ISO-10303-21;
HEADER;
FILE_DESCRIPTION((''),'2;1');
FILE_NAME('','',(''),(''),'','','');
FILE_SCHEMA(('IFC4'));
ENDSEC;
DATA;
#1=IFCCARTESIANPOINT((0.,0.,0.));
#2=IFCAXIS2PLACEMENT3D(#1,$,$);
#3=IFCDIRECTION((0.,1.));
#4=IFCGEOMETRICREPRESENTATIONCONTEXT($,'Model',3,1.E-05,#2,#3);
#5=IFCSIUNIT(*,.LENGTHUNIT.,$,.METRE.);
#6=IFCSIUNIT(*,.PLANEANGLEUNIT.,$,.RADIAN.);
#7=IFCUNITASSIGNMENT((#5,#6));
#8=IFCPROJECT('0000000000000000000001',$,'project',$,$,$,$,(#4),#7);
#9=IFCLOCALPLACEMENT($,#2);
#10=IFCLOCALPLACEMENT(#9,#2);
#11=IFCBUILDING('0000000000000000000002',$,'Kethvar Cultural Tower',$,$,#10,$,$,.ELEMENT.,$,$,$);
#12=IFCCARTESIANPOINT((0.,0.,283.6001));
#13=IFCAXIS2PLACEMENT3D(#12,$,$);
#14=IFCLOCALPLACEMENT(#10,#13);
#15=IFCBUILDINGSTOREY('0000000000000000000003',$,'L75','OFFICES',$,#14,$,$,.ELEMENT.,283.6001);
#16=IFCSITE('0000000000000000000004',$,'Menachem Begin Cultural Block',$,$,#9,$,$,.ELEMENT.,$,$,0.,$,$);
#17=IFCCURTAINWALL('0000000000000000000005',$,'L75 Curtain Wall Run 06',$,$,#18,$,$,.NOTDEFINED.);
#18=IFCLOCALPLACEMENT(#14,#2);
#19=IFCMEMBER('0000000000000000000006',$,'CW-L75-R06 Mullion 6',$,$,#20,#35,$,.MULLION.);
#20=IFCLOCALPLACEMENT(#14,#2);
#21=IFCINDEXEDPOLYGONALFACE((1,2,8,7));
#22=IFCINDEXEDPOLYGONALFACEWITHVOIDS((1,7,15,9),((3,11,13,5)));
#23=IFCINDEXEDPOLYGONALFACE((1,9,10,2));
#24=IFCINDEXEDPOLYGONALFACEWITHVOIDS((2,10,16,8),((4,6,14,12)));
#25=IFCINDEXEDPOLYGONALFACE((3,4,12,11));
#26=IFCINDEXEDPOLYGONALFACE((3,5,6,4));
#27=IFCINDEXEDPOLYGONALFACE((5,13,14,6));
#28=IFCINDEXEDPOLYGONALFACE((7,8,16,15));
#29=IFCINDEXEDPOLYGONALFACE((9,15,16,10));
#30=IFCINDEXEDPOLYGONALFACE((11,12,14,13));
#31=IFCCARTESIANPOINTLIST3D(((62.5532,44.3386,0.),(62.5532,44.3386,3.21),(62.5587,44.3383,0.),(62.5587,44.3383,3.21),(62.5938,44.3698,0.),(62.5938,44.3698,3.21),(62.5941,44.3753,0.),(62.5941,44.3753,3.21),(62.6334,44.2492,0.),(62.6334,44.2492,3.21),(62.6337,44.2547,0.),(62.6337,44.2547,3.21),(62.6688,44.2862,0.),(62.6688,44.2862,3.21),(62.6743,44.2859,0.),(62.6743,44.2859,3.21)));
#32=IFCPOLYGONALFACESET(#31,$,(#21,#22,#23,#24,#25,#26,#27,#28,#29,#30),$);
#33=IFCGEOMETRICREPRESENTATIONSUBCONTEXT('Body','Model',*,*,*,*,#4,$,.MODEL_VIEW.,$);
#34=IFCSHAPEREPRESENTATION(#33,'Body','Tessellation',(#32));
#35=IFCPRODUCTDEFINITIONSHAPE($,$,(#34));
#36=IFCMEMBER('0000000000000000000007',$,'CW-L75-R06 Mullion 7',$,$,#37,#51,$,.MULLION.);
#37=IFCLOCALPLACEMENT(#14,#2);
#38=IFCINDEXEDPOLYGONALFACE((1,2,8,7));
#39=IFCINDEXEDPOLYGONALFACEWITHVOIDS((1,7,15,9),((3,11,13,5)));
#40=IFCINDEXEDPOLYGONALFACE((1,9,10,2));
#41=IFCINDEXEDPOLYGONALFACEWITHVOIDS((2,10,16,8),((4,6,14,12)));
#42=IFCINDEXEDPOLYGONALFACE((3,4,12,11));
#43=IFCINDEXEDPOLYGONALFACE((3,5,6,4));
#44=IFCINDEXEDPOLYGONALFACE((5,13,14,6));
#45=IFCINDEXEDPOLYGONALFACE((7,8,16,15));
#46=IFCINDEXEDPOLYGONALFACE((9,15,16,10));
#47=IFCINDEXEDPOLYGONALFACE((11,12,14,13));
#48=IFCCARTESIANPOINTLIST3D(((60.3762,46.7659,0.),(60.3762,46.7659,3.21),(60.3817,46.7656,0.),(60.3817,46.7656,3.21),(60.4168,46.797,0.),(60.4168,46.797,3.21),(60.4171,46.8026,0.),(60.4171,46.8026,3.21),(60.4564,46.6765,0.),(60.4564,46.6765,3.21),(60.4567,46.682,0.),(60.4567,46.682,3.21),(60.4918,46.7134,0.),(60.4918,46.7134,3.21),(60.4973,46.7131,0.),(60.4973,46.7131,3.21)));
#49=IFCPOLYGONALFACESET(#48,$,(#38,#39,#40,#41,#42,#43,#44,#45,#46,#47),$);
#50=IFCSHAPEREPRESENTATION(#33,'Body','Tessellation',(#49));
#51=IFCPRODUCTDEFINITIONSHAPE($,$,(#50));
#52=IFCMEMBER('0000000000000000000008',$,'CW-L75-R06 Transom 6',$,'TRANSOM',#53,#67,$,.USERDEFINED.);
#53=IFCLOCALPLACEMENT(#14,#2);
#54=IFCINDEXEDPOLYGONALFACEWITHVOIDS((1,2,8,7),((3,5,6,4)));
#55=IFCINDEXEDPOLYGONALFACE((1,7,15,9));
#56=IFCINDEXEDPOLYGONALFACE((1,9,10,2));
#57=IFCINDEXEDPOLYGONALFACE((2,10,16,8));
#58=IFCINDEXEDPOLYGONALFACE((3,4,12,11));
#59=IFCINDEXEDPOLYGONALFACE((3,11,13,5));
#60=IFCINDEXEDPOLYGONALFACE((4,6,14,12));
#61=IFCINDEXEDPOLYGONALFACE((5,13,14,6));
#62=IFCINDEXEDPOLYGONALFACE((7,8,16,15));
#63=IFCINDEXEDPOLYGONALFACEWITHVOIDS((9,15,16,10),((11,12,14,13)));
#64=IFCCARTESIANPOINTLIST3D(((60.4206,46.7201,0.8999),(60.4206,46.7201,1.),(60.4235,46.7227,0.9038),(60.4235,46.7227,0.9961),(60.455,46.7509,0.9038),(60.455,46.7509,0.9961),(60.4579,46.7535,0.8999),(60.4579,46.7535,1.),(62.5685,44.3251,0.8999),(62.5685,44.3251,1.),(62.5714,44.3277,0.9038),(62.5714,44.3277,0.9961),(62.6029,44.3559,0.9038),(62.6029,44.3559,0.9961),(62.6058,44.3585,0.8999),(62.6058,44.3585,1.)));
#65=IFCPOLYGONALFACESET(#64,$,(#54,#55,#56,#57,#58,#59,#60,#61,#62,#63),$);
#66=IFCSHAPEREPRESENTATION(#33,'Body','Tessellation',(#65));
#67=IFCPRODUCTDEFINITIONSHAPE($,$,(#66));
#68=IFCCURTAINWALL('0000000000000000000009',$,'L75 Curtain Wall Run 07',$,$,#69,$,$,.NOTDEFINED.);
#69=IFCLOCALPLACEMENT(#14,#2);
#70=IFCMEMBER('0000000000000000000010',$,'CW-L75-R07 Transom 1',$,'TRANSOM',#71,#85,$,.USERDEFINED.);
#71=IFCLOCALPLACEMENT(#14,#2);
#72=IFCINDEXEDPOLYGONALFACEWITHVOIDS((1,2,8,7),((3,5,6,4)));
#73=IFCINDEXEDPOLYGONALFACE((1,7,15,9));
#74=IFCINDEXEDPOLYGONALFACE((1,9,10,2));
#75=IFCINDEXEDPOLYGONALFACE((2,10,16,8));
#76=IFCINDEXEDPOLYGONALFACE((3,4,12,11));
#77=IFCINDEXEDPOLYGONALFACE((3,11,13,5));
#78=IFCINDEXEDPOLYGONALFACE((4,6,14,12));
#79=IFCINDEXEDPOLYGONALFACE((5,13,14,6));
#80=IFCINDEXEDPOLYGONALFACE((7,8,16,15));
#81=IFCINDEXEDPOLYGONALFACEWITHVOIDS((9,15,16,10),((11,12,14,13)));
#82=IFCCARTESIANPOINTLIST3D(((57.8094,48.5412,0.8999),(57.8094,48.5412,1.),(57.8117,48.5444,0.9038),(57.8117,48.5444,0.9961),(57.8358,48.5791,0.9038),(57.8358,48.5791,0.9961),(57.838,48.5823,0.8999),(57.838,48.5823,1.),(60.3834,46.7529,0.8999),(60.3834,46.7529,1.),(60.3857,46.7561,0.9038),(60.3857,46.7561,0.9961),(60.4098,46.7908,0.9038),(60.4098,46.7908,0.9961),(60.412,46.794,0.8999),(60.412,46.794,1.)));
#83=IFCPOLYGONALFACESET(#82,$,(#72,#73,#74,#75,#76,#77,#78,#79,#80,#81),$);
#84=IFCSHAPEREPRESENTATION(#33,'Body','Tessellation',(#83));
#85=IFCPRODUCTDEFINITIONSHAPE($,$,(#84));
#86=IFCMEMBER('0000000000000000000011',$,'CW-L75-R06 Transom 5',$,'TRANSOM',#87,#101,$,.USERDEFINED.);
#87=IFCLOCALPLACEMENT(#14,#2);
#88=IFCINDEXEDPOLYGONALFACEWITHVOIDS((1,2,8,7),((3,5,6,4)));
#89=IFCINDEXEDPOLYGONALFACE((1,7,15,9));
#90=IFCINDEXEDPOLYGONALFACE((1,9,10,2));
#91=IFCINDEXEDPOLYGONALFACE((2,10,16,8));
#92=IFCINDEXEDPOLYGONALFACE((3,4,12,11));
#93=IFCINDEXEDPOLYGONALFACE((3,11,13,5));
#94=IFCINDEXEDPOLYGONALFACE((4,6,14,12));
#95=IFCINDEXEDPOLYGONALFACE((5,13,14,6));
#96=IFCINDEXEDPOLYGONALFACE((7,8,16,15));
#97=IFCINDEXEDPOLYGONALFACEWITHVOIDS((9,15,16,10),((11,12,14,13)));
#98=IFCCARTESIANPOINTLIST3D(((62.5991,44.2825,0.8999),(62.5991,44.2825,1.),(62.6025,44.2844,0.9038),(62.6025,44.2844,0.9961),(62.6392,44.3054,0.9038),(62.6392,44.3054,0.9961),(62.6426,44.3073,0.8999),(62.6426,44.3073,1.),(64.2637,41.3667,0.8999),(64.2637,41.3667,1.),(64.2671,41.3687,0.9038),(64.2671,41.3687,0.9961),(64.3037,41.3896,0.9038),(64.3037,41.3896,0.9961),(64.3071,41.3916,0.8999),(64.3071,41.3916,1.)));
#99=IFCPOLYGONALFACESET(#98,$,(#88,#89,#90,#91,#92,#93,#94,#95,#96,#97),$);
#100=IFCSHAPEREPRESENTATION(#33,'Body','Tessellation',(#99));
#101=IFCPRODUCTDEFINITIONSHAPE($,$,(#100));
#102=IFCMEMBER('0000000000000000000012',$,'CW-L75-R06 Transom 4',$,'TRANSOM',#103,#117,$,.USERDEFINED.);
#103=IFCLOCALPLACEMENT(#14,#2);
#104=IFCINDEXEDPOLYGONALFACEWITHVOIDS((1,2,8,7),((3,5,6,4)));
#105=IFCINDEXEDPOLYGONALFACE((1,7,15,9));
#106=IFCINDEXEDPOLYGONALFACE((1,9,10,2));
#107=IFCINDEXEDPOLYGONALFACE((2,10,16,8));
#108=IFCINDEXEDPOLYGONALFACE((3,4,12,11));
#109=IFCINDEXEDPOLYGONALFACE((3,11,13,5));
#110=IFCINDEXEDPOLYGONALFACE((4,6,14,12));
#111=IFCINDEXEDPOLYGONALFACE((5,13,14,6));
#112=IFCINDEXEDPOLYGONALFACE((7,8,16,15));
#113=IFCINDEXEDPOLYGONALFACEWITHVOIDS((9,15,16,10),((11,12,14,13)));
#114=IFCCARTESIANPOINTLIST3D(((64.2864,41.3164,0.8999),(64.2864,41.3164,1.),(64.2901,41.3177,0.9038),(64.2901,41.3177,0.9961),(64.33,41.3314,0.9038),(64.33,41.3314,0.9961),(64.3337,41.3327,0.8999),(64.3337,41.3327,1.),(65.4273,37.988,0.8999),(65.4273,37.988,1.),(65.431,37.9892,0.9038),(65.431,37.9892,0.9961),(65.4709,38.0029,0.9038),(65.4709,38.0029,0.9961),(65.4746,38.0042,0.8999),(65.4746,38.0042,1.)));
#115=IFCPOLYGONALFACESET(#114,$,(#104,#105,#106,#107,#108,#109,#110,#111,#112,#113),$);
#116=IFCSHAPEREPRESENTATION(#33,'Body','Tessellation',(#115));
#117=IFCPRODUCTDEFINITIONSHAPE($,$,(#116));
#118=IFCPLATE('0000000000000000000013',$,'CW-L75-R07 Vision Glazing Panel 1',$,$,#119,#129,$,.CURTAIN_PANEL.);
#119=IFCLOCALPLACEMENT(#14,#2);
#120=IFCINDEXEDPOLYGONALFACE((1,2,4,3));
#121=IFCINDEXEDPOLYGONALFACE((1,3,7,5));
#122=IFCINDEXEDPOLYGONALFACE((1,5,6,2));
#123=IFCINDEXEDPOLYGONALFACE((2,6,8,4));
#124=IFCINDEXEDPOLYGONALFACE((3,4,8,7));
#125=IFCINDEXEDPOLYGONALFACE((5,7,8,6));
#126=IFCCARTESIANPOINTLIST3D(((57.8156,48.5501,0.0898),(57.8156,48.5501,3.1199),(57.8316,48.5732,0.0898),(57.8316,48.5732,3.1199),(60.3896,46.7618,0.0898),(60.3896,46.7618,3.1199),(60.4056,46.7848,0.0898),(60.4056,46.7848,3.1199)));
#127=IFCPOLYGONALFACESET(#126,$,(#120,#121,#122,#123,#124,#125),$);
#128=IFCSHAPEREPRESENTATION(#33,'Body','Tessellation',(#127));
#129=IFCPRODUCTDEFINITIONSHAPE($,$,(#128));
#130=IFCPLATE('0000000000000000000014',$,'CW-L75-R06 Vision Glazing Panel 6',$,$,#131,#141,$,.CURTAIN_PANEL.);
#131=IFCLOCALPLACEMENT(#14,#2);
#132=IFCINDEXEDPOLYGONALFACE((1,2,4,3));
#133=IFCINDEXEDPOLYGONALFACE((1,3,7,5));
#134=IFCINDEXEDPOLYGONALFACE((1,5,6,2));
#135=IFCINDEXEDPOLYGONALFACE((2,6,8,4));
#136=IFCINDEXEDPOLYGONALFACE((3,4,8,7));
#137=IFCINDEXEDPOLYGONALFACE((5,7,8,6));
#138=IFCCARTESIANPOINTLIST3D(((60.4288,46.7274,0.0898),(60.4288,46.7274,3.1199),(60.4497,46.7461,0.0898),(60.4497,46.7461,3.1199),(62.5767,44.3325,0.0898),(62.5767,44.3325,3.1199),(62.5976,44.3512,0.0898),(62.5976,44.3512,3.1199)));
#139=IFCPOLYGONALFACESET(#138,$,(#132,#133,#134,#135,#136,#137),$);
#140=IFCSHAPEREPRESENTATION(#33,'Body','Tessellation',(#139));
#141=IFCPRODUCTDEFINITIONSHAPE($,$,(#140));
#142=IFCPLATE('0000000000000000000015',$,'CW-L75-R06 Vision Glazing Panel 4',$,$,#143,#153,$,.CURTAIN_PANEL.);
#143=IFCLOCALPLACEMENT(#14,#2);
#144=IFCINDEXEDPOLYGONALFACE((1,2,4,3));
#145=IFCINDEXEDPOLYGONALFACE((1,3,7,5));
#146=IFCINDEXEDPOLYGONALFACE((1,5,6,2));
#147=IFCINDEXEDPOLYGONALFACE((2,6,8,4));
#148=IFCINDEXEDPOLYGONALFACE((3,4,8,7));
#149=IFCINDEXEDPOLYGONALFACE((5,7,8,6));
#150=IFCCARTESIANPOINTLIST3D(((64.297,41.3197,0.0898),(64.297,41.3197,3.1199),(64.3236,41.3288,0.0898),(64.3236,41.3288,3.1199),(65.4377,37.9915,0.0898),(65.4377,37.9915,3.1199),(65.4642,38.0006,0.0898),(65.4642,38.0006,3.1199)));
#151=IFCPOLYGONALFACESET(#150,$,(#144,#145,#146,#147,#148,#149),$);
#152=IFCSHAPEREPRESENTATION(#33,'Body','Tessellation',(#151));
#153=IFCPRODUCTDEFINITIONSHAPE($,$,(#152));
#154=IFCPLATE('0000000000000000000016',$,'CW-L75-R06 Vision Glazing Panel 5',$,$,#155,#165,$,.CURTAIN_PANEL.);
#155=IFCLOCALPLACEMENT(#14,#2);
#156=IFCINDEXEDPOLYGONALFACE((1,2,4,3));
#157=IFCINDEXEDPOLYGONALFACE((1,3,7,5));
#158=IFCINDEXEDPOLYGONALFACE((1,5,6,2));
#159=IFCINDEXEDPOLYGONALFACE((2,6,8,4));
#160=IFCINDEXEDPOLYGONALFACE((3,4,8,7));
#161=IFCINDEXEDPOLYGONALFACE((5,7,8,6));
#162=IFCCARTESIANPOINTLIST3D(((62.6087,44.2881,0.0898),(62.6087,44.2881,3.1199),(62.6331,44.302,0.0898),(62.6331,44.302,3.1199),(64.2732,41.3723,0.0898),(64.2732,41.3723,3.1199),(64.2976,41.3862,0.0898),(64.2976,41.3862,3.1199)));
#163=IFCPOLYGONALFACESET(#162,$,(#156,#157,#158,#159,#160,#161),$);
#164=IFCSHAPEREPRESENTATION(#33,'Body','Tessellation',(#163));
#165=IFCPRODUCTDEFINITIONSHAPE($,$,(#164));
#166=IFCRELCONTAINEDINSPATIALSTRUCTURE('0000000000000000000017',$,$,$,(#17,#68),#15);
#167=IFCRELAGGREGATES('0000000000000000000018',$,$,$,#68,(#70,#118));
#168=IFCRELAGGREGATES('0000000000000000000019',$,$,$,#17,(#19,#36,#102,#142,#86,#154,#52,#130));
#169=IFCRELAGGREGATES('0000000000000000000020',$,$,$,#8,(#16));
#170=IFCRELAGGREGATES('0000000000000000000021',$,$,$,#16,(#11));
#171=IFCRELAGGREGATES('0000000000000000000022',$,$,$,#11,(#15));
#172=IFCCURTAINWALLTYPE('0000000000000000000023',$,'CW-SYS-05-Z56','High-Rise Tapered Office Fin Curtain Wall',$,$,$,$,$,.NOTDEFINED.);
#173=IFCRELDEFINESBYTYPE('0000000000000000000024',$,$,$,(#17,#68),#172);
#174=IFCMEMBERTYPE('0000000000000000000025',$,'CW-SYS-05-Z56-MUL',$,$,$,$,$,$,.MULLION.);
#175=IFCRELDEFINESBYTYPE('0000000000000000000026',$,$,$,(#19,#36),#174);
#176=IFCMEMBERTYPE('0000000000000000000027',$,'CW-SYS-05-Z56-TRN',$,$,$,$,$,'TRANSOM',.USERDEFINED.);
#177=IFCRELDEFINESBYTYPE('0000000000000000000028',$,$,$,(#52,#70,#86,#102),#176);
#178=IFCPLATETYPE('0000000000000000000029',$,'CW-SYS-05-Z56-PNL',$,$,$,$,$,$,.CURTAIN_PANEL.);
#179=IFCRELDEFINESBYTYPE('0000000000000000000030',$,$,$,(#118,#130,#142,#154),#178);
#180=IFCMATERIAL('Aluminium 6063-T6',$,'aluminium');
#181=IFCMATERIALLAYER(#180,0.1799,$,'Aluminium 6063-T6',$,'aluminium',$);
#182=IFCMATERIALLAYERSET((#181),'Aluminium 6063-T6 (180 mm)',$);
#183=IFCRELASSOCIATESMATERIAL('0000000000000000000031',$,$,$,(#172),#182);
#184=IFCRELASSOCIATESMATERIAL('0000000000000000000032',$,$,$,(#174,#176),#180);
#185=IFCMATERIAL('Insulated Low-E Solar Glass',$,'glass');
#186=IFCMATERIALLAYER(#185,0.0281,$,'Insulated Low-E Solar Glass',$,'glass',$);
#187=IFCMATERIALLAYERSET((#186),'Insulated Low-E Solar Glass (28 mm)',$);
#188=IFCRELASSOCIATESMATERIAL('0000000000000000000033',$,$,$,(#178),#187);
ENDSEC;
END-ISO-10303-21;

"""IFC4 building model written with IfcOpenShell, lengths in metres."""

from ifc_helpers import new_model, si_unit, direction, frame, origin, origin_2d, place, context, subcontext, project, spatial, rectangle, hollow_rectangle, extrude, source, transform, mapped, material, layer, layer_set, material_profile, profile_set, type_object, element, aggregate, save


model = new_model("IFC4")

# Units and contexts
model_context = context("Model", 3, precision=1e-05, world=origin(), true_north=direction((0.0, 1.0)))
body_context = subcontext(model_context, "Body", "Model", "MODEL_VIEW")
ifc_project = project(units=[si_unit("LENGTHUNIT", "METRE"), si_unit("PLANEANGLEUNIT", "RADIAN")], contexts=[model_context])

# Site, building, storey
site_placement = place(None, origin())
site = spatial("IfcSite", under=ifc_project, at=site_placement, Name="Menachem Begin Cultural Block", CompositionType="ELEMENT", RefElevation=0.0)
building_placement = place(site_placement, origin())
building = spatial("IfcBuilding", under=site, at=building_placement, Name="Kethvar Cultural Tower", CompositionType="ELEMENT")
storey_placement = place(building_placement, frame((0.0, 0.0, 283.6001)))
storey = spatial("IfcBuildingStorey", under=building, at=storey_placement, Name="L75", Description="OFFICES", CompositionType="ELEMENT", Elevation=283.6001)

# Curtain wall, members
ifc_material_1 = material(Name="Aluminium 6063-T6", Category="aluminium")
ifc_layer_1 = layer(ifc_material_1, 0.1799, Name="Aluminium 6063-T6", Category="aluminium")
ifc_layer_set_1 = layer_set([ifc_layer_1], Name="Aluminium 6063-T6 (180 mm)")
curtain_wall_type = type_object("IfcCurtainWallType", Name="CW-SYS-05-Z56", Description="High-Rise Tapered Office Fin Curtain Wall", PredefinedType="NOTDEFINED", material=ifc_layer_set_1)
curtain_wall_1_placement = place(storey_placement, origin())
curtain_wall_1 = element("IfcCurtainWall", 1, at=curtain_wall_1_placement, inside=storey, type_object=curtain_wall_type, Name="L75 Curtain Wall Run 06", PredefinedType="NOTDEFINED")
ifc_material_profile_1 = material_profile(ifc_material_1, hollow_rectangle(XDim=0.0549, YDim=0.1201, WallThickness=0.0039, at=origin_2d()), Name="Aluminium 6063-T6 — RHS120x55x4")
ifc_profile_set_1 = profile_set([ifc_material_profile_1], Name="Aluminium 6063-T6 — RHS120x55x4")
member_type_1 = type_object("IfcMemberType", Name="CW-SYS-05-Z56-MUL", PredefinedType="MULLION", material=ifc_profile_set_1)
shared_shape_1 = source(origin(), body_context, "Body", "SweptSolid", [
    extrude(hollow_rectangle(XDim=0.0549, YDim=0.1201, WallThickness=0.0039, at=origin_2d()), origin(), (0.0, 0.0, 1.0), 3.21),
])
member_1_placement = place(storey_placement, frame((62.6138, 44.3123, 0.0), z_axis=(0.0, 0.0, 1.0), x_axis=(-0.744451, -0.667677, 0.0)))
member_1 = element("IfcMember", 2, at=member_1_placement, type_object=member_type_1, Name="CW-L75-R06 Mullion 6", PredefinedType="MULLION", context=body_context, shape_type="MappedRepresentation", body=[
    mapped(shared_shape_1, transform((0.0, 0.0, 0.0), scale=1.0)),
])
member_2_placement = place(storey_placement, frame((60.4368, 46.7395, 0.0), z_axis=(0.0, 0.0, 1.0), x_axis=(-0.744451, -0.667677, 0.0)))
member_2 = element("IfcMember", 3, at=member_2_placement, type_object=member_type_1, Name="CW-L75-R06 Mullion 7", PredefinedType="MULLION", context=body_context, shape_type="MappedRepresentation", body=[
    mapped(shared_shape_1, transform((0.0, 0.0, 0.0), scale=1.0)),
])
ifc_material_profile_2 = material_profile(ifc_material_1, hollow_rectangle(XDim=0.05, YDim=0.1001, WallThickness=0.0039, at=origin_2d()), Name="Aluminium 6063-T6 — RHS100x50x4")
ifc_profile_set_2 = profile_set([ifc_material_profile_2], Name="Aluminium 6063-T6 — RHS100x50x4")
member_type_2 = type_object("IfcMemberType", Name="CW-SYS-05-Z56-TRN", ElementType="TRANSOM", PredefinedType="USERDEFINED", material=ifc_profile_set_2)
shared_shape_2 = source(origin(), body_context, "Body", "SweptSolid", [
    extrude(hollow_rectangle(XDim=0.05, YDim=0.1001, WallThickness=0.0039, at=origin_2d()), origin(), (0.0, 0.0, 1.0), 3.217),
])
member_3_placement = place(storey_placement, frame((62.5872, 44.3418, 0.95), z_axis=(-0.667664, 0.744463, 0.0), x_axis=(-0.744463, -0.667664, 0.0)))
member_3 = element("IfcMember", 4, at=member_3_placement, type_object=member_type_2, Name="CW-L75-R06 Transom 6", ObjectType="TRANSOM", PredefinedType="USERDEFINED", context=body_context, shape_type="MappedRepresentation", body=[
    mapped(shared_shape_2, transform((0.0, 0.0, 0.0), scale=1.0)),
])

# Curtain wall, member
curtain_wall_2_placement = place(storey_placement, origin())
curtain_wall_2 = element("IfcCurtainWall", 5, at=curtain_wall_2_placement, inside=storey, type_object=curtain_wall_type, Name="L75 Curtain Wall Run 07", PredefinedType="NOTDEFINED")
shared_shape_3 = source(origin(), body_context, "Body", "SweptSolid", [
    extrude(hollow_rectangle(XDim=0.05, YDim=0.1001, WallThickness=0.0039, at=origin_2d()), origin(), (0.0, 0.0, 1.0), 3.1343),
])
member_4_placement = place(storey_placement, frame((60.3977, 46.7734, 0.95), z_axis=(-0.821243, 0.570578, 0.0), x_axis=(-0.570578, -0.821243, 0.0)))
member_4 = element("IfcMember", 6, at=member_4_placement, type_object=member_type_2, Name="CW-L75-R07 Transom 1", ObjectType="TRANSOM", PredefinedType="USERDEFINED", context=body_context, shape_type="MappedRepresentation", body=[
    mapped(shared_shape_3, transform((0.0, 0.0, 0.0), scale=1.0)),
])

# Members
shared_shape_4 = source(origin(), body_context, "Body", "SweptSolid", [
    extrude(hollow_rectangle(XDim=0.05, YDim=0.1001, WallThickness=0.0039, at=origin_2d()), origin(), (0.0, 0.0, 1.0), 3.3574),
])
member_5_placement = place(storey_placement, frame((64.2854, 41.3792, 0.95), z_axis=(-0.495779, 0.868449, 0.0), x_axis=(-0.868449, -0.495779, 0.0)))
member_5 = element("IfcMember", 7, at=member_5_placement, type_object=member_type_2, Name="CW-L75-R06 Transom 5", ObjectType="TRANSOM", PredefinedType="USERDEFINED", context=body_context, shape_type="MappedRepresentation", body=[
    mapped(shared_shape_4, transform((0.0, 0.0, 0.0), scale=1.0)),
])
shared_shape_5 = source(origin(), body_context, "Body", "SweptSolid", [
    extrude(hollow_rectangle(XDim=0.05, YDim=0.1001, WallThickness=0.0039, at=origin_2d()), origin(), (0.0, 0.0, 1.0), 3.5186),
])
member_6_placement = place(storey_placement, frame((65.4509, 37.9961, 0.95), z_axis=(-0.324252, 0.945971, 0.0), x_axis=(-0.945971, -0.324252, 0.0)))
member_6 = element("IfcMember", 8, at=member_6_placement, type_object=member_type_2, Name="CW-L75-R06 Transom 4", ObjectType="TRANSOM", PredefinedType="USERDEFINED", context=body_context, shape_type="MappedRepresentation", body=[
    mapped(shared_shape_5, transform((0.0, 0.0, 0.0), scale=1.0)),
])

# Plates
ifc_material_2 = material(Name="Insulated Low-E Solar Glass", Category="glass")
ifc_layer_2 = layer(ifc_material_2, 0.0281, Name="Insulated Low-E Solar Glass", Category="glass")
ifc_layer_set_2 = layer_set([ifc_layer_2], Name="Insulated Low-E Solar Glass (28 mm)")
plate_type = type_object("IfcPlateType", Name="CW-SYS-05-Z56-PNL", PredefinedType="CURTAIN_PANEL", material=ifc_layer_set_2)
shared_shape_6 = source(origin(), body_context, "Body", "SweptSolid", [
    extrude(rectangle(XDim=3.1343, YDim=0.0281, at=origin_2d()), origin(), (0.0, 0.0, 1.0), 3.03),
])
plate_1_placement = place(storey_placement, frame((59.1106, 47.6675, 0.0898), z_axis=(0.0, 0.0, 1.0), x_axis=(-0.821239, 0.570585, 0.0)))
plate_1 = element("IfcPlate", 9, at=plate_1_placement, type_object=plate_type, Name="CW-L75-R07 Vision Glazing Panel 1", PredefinedType="CURTAIN_PANEL", context=body_context, shape_type="MappedRepresentation", body=[
    mapped(shared_shape_6, transform((0.0, 0.0, 0.0), scale=1.0)),
])
aggregate(curtain_wall_2, [member_4, plate_1])
shared_shape_7 = source(origin(), body_context, "Body", "SweptSolid", [
    extrude(rectangle(XDim=3.217, YDim=0.0281, at=origin_2d()), origin(), (0.0, 0.0, 1.0), 3.03),
])
plate_2_placement = place(storey_placement, frame((61.5132, 45.5393, 0.0898), z_axis=(0.0, 0.0, 1.0), x_axis=(-0.667677, 0.744451, 0.0)))
plate_2 = element("IfcPlate", 10, at=plate_2_placement, type_object=plate_type, Name="CW-L75-R06 Vision Glazing Panel 6", PredefinedType="CURTAIN_PANEL", context=body_context, shape_type="MappedRepresentation", body=[
    mapped(shared_shape_7, transform((0.0, 0.0, 0.0), scale=1.0)),
])
shared_shape_8 = source(origin(), body_context, "Body", "SweptSolid", [
    extrude(rectangle(XDim=3.5183, YDim=0.0281, at=origin_2d()), origin(), (0.0, 0.0, 1.0), 3.03),
])
plate_3_placement = place(storey_placement, frame((64.8806, 39.6602, 0.0898), z_axis=(0.0, 0.0, 1.0), x_axis=(-0.324215, 0.945984, 0.0)))
plate_3 = element("IfcPlate", 11, at=plate_3_placement, type_object=plate_type, Name="CW-L75-R06 Vision Glazing Panel 4", PredefinedType="CURTAIN_PANEL", context=body_context, shape_type="MappedRepresentation", body=[
    mapped(shared_shape_8, transform((0.0, 0.0, 0.0), scale=1.0)),
])
shared_shape_9 = source(origin(), body_context, "Body", "SweptSolid", [
    extrude(rectangle(XDim=3.3574, YDim=0.0281, at=origin_2d()), origin(), (0.0, 0.0, 1.0), 3.03),
])
plate_4_placement = place(storey_placement, frame((63.4531, 42.8372, 0.0898), z_axis=(0.0, 0.0, 1.0), x_axis=(-0.495762, 0.868459, 0.0)))
plate_4 = element("IfcPlate", 12, at=plate_4_placement, type_object=plate_type, Name="CW-L75-R06 Vision Glazing Panel 5", PredefinedType="CURTAIN_PANEL", context=body_context, shape_type="MappedRepresentation", body=[
    mapped(shared_shape_9, transform((0.0, 0.0, 0.0), scale=1.0)),
])
aggregate(curtain_wall_1, [member_1, member_2, member_6, plate_3, member_5, plate_4, member_3, plate_2])

save(model, "model.ifc")
